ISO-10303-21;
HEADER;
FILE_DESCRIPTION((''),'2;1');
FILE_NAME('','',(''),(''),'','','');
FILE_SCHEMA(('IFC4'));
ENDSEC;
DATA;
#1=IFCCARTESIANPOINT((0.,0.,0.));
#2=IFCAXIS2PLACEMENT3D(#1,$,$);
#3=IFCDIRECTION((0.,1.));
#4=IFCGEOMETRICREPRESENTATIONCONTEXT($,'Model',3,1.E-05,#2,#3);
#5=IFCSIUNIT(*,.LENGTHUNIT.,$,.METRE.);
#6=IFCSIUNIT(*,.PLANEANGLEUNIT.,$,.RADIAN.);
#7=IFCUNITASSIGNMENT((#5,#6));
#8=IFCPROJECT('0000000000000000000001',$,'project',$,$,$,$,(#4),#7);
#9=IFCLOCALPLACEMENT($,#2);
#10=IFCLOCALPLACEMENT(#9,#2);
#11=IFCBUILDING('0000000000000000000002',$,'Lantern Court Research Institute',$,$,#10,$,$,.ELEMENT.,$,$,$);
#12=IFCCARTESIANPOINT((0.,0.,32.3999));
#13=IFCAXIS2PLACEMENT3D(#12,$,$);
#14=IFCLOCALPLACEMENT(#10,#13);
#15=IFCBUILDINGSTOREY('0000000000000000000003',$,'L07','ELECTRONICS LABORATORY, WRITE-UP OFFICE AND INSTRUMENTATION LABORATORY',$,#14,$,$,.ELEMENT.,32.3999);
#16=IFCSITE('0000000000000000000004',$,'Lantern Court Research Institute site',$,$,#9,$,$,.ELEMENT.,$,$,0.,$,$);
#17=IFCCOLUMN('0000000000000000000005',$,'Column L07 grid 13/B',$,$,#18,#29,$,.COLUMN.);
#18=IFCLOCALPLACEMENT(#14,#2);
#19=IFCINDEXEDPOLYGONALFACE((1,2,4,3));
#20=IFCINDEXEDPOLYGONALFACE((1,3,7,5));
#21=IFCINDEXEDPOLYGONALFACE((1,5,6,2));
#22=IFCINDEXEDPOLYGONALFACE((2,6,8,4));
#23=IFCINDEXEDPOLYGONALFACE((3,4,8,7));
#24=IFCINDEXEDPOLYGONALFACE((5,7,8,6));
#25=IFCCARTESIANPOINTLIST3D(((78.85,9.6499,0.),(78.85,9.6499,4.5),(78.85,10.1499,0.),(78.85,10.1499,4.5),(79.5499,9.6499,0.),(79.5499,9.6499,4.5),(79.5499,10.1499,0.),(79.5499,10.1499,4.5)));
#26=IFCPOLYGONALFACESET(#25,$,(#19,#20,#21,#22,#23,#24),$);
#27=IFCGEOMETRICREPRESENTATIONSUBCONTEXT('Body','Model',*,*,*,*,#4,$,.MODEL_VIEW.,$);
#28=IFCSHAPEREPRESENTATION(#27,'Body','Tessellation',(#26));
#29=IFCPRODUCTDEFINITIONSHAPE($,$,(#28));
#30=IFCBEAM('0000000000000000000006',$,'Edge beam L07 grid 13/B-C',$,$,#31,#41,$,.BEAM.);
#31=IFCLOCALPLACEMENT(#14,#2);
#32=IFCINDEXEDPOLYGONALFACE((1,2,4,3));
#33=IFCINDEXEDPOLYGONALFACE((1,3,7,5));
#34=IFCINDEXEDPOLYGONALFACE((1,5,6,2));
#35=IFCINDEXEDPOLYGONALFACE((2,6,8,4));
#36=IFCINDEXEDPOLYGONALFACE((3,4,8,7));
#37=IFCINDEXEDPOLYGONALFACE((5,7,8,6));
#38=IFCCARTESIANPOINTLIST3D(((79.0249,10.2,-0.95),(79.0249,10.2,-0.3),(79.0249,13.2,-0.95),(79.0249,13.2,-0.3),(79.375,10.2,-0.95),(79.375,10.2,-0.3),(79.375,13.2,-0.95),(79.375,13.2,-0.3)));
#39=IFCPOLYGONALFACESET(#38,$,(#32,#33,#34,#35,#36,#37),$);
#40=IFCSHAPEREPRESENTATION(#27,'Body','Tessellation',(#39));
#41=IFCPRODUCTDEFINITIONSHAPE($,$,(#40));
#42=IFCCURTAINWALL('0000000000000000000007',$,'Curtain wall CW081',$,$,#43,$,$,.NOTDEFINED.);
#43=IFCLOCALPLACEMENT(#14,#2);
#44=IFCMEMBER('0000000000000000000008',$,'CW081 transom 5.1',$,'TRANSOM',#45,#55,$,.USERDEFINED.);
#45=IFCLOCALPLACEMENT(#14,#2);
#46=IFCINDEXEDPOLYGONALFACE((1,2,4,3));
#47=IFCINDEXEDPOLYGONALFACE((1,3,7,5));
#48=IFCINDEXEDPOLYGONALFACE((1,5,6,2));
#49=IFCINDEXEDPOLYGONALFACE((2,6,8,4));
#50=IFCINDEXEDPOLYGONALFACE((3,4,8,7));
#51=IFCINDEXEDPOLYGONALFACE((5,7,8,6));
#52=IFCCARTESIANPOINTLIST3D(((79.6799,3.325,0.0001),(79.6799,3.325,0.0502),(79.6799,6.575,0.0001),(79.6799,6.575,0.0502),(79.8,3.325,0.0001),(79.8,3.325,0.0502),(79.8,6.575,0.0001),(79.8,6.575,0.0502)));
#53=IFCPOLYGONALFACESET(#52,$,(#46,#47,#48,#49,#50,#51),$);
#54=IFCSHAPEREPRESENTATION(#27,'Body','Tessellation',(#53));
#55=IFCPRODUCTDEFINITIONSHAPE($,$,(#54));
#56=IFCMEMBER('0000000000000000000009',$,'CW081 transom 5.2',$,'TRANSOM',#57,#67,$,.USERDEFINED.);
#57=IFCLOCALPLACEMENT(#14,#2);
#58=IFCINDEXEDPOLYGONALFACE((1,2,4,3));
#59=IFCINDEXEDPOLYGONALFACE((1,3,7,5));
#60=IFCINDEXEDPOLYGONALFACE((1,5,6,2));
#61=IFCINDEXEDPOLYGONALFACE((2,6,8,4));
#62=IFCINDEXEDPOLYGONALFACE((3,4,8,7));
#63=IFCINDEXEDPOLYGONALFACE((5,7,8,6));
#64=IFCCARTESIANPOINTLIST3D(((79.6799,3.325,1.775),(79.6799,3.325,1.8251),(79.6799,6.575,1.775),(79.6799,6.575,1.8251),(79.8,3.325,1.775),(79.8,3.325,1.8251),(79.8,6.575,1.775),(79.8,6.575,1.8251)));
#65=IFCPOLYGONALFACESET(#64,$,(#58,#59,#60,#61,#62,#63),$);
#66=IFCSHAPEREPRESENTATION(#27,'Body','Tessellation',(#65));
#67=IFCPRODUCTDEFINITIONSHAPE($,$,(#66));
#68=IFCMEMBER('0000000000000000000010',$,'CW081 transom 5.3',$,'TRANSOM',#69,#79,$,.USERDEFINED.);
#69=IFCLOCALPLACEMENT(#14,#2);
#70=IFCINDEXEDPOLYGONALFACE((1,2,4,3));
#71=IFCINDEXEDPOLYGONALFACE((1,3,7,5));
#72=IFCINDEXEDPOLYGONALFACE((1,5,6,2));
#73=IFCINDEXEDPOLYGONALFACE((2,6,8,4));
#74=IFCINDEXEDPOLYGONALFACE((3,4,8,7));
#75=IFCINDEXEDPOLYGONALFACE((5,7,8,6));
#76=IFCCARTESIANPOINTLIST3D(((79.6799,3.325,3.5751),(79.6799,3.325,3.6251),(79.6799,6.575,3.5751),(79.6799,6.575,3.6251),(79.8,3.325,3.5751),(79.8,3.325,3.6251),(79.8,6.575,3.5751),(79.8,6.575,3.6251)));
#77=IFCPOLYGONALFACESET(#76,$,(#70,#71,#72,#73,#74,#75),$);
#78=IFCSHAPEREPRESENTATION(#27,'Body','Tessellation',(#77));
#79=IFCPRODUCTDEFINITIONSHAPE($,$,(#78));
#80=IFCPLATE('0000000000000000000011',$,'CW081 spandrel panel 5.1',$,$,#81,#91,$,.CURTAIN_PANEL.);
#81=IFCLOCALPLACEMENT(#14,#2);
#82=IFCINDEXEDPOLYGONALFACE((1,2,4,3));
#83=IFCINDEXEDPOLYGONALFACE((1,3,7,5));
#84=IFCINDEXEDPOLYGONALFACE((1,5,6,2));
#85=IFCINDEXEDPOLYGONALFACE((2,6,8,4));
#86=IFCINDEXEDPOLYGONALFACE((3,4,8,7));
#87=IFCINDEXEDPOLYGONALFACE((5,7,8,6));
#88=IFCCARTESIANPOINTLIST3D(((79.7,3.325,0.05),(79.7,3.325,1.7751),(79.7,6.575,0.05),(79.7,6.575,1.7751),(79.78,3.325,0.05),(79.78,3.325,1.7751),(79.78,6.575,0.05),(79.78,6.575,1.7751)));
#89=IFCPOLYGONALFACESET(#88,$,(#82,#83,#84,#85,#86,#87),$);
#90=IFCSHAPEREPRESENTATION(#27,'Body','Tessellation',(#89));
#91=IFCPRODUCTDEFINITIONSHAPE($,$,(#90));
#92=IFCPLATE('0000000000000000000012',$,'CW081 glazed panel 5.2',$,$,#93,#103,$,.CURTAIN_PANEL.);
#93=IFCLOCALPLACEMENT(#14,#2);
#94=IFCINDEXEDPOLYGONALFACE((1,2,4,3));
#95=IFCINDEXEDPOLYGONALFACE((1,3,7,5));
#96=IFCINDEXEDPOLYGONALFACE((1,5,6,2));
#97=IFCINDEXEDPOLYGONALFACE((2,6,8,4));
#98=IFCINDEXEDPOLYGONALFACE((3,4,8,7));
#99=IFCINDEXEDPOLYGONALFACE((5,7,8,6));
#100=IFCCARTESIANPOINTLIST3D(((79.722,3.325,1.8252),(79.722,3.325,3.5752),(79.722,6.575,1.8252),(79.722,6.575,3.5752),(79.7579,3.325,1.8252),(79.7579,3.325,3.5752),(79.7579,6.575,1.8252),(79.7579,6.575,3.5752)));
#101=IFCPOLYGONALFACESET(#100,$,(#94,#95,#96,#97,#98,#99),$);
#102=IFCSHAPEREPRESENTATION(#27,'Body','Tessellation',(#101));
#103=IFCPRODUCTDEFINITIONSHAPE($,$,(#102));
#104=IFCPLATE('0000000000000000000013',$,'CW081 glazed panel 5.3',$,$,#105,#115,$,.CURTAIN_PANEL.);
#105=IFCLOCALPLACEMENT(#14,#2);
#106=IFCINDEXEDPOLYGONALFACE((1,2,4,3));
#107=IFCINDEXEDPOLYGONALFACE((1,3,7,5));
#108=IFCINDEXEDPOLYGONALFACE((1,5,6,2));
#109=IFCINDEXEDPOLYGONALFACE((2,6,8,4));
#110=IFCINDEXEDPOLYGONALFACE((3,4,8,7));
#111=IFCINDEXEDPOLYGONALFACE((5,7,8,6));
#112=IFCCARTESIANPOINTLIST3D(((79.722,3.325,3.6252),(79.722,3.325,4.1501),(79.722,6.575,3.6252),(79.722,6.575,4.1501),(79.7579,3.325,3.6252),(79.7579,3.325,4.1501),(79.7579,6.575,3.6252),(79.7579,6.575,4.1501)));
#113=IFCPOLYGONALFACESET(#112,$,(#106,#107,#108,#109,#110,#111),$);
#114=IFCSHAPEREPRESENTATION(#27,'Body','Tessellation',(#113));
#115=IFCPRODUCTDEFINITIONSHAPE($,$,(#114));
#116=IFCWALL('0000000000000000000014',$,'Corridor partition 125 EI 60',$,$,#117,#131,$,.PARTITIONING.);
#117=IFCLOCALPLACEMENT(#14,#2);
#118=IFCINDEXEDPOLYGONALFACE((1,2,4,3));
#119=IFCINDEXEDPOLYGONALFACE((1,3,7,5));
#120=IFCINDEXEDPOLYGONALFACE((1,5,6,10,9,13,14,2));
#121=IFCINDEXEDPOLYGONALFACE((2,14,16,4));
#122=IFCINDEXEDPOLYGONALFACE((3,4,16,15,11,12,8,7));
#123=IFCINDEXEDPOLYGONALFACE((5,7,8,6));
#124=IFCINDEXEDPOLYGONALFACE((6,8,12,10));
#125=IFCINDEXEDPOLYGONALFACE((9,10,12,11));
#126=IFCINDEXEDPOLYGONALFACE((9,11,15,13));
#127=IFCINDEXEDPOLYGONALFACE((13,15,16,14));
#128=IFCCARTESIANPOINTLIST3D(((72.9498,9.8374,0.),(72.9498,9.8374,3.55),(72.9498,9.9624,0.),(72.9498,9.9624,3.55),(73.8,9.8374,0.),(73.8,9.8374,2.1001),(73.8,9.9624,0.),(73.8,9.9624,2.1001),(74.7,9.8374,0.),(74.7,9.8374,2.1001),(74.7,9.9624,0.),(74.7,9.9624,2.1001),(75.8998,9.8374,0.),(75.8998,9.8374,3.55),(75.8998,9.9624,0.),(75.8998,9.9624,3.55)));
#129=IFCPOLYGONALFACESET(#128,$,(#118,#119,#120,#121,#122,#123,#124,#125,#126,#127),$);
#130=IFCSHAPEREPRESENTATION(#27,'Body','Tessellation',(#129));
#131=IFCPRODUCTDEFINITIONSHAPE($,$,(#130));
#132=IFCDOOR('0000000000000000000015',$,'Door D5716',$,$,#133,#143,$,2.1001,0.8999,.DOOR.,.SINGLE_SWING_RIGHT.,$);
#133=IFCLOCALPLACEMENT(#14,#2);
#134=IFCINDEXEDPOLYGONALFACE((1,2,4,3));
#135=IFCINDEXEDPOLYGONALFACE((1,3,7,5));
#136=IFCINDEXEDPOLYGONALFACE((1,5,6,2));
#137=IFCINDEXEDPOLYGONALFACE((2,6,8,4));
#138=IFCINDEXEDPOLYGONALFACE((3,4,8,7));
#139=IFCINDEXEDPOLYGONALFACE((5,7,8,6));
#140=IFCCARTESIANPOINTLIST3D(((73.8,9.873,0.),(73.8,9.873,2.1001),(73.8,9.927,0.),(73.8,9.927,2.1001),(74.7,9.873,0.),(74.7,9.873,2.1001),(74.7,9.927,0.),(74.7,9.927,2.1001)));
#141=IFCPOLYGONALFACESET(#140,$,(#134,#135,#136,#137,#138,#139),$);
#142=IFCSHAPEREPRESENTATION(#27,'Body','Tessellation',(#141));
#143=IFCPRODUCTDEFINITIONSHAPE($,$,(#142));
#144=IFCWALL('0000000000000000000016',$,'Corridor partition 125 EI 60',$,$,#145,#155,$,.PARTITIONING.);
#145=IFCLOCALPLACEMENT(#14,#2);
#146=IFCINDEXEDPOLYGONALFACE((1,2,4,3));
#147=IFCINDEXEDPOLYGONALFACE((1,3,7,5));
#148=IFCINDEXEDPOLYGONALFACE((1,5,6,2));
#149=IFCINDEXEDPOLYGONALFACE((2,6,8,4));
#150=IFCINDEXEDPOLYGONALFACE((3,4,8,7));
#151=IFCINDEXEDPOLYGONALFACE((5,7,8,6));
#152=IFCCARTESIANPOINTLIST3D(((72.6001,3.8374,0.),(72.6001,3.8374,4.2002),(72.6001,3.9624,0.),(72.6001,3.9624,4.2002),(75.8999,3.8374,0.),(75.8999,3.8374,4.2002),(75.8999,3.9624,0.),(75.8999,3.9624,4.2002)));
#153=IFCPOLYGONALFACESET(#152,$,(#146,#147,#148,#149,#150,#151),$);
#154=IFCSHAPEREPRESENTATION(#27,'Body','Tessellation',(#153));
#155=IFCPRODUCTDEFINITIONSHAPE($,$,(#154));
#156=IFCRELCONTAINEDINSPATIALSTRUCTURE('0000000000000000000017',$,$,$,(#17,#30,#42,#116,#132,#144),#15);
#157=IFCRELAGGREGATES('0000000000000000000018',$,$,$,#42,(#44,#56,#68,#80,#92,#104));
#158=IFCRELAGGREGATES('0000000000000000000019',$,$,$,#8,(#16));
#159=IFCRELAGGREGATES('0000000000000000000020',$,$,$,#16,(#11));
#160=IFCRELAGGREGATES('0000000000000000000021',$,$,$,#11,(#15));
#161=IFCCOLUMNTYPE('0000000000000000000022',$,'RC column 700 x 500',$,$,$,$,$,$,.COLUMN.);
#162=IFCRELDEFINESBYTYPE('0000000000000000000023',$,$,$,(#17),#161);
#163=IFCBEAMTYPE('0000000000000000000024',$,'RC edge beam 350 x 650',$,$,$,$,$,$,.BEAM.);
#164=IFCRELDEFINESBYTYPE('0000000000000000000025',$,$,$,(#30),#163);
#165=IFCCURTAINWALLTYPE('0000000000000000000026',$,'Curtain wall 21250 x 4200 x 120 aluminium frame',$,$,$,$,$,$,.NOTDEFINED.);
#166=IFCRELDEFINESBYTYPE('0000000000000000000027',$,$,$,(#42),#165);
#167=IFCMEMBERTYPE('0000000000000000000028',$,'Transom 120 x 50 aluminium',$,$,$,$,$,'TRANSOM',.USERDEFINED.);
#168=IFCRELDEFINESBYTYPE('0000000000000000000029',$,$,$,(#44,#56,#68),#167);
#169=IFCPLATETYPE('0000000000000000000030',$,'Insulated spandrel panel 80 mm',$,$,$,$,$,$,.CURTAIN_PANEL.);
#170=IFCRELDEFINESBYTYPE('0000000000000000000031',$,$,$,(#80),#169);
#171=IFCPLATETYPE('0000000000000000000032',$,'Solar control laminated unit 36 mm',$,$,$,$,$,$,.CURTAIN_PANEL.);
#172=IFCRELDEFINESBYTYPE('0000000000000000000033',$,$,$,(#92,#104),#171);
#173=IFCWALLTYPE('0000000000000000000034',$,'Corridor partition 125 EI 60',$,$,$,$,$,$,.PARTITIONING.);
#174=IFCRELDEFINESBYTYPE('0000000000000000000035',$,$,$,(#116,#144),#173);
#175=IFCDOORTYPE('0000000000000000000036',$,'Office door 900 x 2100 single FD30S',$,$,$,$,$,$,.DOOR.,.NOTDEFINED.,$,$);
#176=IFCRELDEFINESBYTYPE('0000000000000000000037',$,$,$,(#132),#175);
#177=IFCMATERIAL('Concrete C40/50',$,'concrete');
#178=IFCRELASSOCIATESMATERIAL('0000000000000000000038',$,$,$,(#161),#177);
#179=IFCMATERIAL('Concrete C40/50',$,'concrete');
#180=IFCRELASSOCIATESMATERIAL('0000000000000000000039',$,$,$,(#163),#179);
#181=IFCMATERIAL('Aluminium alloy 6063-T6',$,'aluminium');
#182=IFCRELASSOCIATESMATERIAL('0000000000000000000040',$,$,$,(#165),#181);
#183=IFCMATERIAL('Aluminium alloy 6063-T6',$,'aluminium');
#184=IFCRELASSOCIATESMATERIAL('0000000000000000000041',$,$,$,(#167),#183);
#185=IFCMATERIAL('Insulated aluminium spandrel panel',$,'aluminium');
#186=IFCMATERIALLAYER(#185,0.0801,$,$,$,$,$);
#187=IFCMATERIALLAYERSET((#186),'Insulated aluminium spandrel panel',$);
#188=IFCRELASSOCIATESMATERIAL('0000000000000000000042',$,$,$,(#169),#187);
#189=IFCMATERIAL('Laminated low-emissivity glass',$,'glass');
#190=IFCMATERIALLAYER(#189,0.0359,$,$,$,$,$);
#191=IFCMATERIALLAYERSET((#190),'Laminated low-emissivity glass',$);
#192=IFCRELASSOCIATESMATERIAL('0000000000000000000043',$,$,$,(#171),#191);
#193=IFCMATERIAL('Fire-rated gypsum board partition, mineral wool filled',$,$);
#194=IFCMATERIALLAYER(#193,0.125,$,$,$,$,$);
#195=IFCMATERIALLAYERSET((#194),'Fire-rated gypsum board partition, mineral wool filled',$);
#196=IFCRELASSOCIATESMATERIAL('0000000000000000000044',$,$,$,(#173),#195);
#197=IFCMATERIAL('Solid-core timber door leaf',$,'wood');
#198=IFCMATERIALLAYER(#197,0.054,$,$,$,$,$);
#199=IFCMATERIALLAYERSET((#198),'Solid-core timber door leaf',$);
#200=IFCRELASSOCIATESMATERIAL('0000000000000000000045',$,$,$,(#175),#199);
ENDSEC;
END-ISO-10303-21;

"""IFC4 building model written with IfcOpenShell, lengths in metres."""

from ifc_helpers import new_model, si_unit, direction, frame, frame_2d, origin, origin_2d, place, context, subcontext, project, spatial, rectangle, extrude, material, layer, layer_set, material_profile, profile_set, type_object, element, fill, aggregate, save


model = new_model("IFC4")

# Units and contexts
model_context = context("Model", 3, precision=1e-05, world=origin(), true_north=direction((0.0, 1.0)))
body_context = subcontext(model_context, "Body", "Model", "MODEL_VIEW")
ifc_project = project(units=[si_unit("LENGTHUNIT", "METRE"), si_unit("PLANEANGLEUNIT", "RADIAN")], contexts=[model_context])

# Site, building, storey
site_placement = place(None, origin())
site = spatial("IfcSite", under=ifc_project, at=site_placement, Name="Lantern Court Research Institute site", CompositionType="ELEMENT", RefElevation=0.0)
building_placement = place(site_placement, origin())
building = spatial("IfcBuilding", under=site, at=building_placement, Name="Lantern Court Research Institute", CompositionType="ELEMENT")
storey_placement = place(building_placement, frame((0.0, 0.0, 32.3999)))
storey = spatial("IfcBuildingStorey", under=building, at=storey_placement, Name="L07", Description="ELECTRONICS LABORATORY, WRITE-UP OFFICE AND INSTRUMENTATION LABORATORY", CompositionType="ELEMENT", Elevation=32.3999)

# Column
ifc_material_1 = material(Name="Concrete C40/50", Category="concrete")
ifc_material_profile_1 = material_profile(ifc_material_1, rectangle(XDim=0.7, YDim=0.5, at=origin_2d()), Name="RC column 700 x 500")
ifc_profile_set_1 = profile_set([ifc_material_profile_1], Name="Concrete C40/50")
column_type = type_object("IfcColumnType", Name="RC column 700 x 500", PredefinedType="COLUMN", material=ifc_profile_set_1)
column_placement = place(storey_placement, frame((79.2, 9.8999, 0.0), z_axis=(0.0, 0.0, 1.0), x_axis=(1.0, 0.0, 0.0)))
element("IfcColumn", 1, at=column_placement, inside=storey, type_object=column_type, Name="Column L07 grid 13/B", PredefinedType="COLUMN", context=body_context, shape_type="SweptSolid", body=[
    extrude(rectangle(XDim=0.7, YDim=0.5, at=origin_2d()), origin(), (0.0, 0.0, 1.0), 4.5),
])

# Beam
ifc_material_2 = material(Name="Concrete C40/50", Category="concrete")
ifc_material_profile_2 = material_profile(ifc_material_2, rectangle(XDim=0.3501, YDim=0.6499, at=origin_2d()), Name="RC beam 350 x 650")
ifc_profile_set_2 = profile_set([ifc_material_profile_2], Name="Concrete C40/50")
beam_type = type_object("IfcBeamType", Name="RC edge beam 350 x 650", PredefinedType="BEAM", material=ifc_profile_set_2)
beam_placement = place(storey_placement, frame((79.2, 10.2, -0.625), z_axis=(0.0, 1.0, 0.0), x_axis=(-1.0, 0.0, 0.0)))
element("IfcBeam", 2, at=beam_placement, inside=storey, type_object=beam_type, Name="Edge beam L07 grid 13/B-C", PredefinedType="BEAM", context=body_context, shape_type="SweptSolid", body=[
    extrude(rectangle(XDim=0.3501, YDim=0.6499, at=origin_2d()), origin(), (0.0, 0.0, 1.0), 3.0),
])

# Curtain wall, members, plates
ifc_material_3 = material(Name="Aluminium alloy 6063-T6", Category="aluminium")
curtain_wall_type = type_object("IfcCurtainWallType", Name="Curtain wall 21250 x 4200 x 120 aluminium frame", PredefinedType="NOTDEFINED", material=ifc_material_3)
curtain_wall_placement = place(storey_placement, origin())
curtain_wall = element("IfcCurtainWall", 3, at=curtain_wall_placement, inside=storey, type_object=curtain_wall_type, Name="Curtain wall CW081", PredefinedType="NOTDEFINED")
ifc_material_4 = material(Name="Aluminium alloy 6063-T6", Category="aluminium")
ifc_material_profile_3 = material_profile(ifc_material_4, rectangle(XDim=0.1201, YDim=0.05, at=origin_2d()), Name="Transom 120 x 50")
ifc_profile_set_3 = profile_set([ifc_material_profile_3], Name="Aluminium alloy 6063-T6")
member_type = type_object("IfcMemberType", Name="Transom 120 x 50 aluminium", ElementType="TRANSOM", PredefinedType="USERDEFINED", material=ifc_profile_set_3)
member_1_placement = place(storey_placement, frame((79.74, 6.575, 0.0251), z_axis=(0.0, -1.0, 0.0), x_axis=(1.0, 0.0, 0.0)))
member_1 = element("IfcMember", 4, at=member_1_placement, type_object=member_type, Name="CW081 transom 5.1", ObjectType="TRANSOM", PredefinedType="USERDEFINED", context=body_context, shape_type="SweptSolid", body=[
    extrude(rectangle(XDim=0.1201, YDim=0.05, at=origin_2d()), origin(), (0.0, 0.0, 1.0), 3.25),
])
member_2_placement = place(storey_placement, frame((79.74, 6.575, 1.8), z_axis=(0.0, -1.0, 0.0), x_axis=(1.0, 0.0, 0.0)))
member_2 = element("IfcMember", 5, at=member_2_placement, type_object=member_type, Name="CW081 transom 5.2", ObjectType="TRANSOM", PredefinedType="USERDEFINED", context=body_context, shape_type="SweptSolid", body=[
    extrude(rectangle(XDim=0.1201, YDim=0.05, at=origin_2d()), origin(), (0.0, 0.0, 1.0), 3.25),
])
member_3_placement = place(storey_placement, frame((79.74, 6.575, 3.6001), z_axis=(0.0, -1.0, 0.0), x_axis=(1.0, 0.0, 0.0)))
member_3 = element("IfcMember", 6, at=member_3_placement, type_object=member_type, Name="CW081 transom 5.3", ObjectType="TRANSOM", PredefinedType="USERDEFINED", context=body_context, shape_type="SweptSolid", body=[
    extrude(rectangle(XDim=0.1201, YDim=0.05, at=origin_2d()), origin(), (0.0, 0.0, 1.0), 3.25),
])
ifc_material_5 = material(Name="Insulated aluminium spandrel panel", Category="aluminium")
ifc_layer_1 = layer(ifc_material_5, 0.0801)
ifc_layer_set_1 = layer_set([ifc_layer_1], Name="Insulated aluminium spandrel panel")
plate_type_1 = type_object("IfcPlateType", Name="Insulated spandrel panel 80 mm", PredefinedType="CURTAIN_PANEL", material=ifc_layer_set_1)
plate_1_placement = place(storey_placement, frame((79.74, 4.95, 0.05), z_axis=(0.0, 0.0, 1.0), x_axis=(0.0, -1.0, 0.0)))
plate_1 = element("IfcPlate", 7, at=plate_1_placement, type_object=plate_type_1, Name="CW081 spandrel panel 5.1", PredefinedType="CURTAIN_PANEL", context=body_context, shape_type="SweptSolid", body=[
    extrude(rectangle(XDim=3.25, YDim=0.0801, at=origin_2d()), origin(), (0.0, 0.0, 1.0), 1.7251),
])
ifc_material_6 = material(Name="Laminated low-emissivity glass", Category="glass")
ifc_layer_2 = layer(ifc_material_6, 0.0359)
ifc_layer_set_2 = layer_set([ifc_layer_2], Name="Laminated low-emissivity glass")
plate_type_2 = type_object("IfcPlateType", Name="Solar control laminated unit 36 mm", PredefinedType="CURTAIN_PANEL", material=ifc_layer_set_2)
plate_2_placement = place(storey_placement, frame((79.74, 4.95, 1.8252), z_axis=(0.0, 0.0, 1.0), x_axis=(0.0, -1.0, 0.0)))
plate_2 = element("IfcPlate", 8, at=plate_2_placement, type_object=plate_type_2, Name="CW081 glazed panel 5.2", PredefinedType="CURTAIN_PANEL", context=body_context, shape_type="SweptSolid", body=[
    extrude(rectangle(XDim=3.25, YDim=0.0359, at=origin_2d()), origin(), (0.0, 0.0, 1.0), 1.75),
])
plate_3_placement = place(storey_placement, frame((79.74, 4.95, 3.6252), z_axis=(0.0, 0.0, 1.0), x_axis=(0.0, -1.0, 0.0)))
plate_3 = element("IfcPlate", 9, at=plate_3_placement, type_object=plate_type_2, Name="CW081 glazed panel 5.3", PredefinedType="CURTAIN_PANEL", context=body_context, shape_type="SweptSolid", body=[
    extrude(rectangle(XDim=3.25, YDim=0.0359, at=origin_2d()), origin(), (0.0, 0.0, 1.0), 0.5249),
])
aggregate(curtain_wall, [member_1, member_2, member_3, plate_1, plate_2, plate_3])

# Wall, opening, door
ifc_material_7 = material(Name="Fire-rated gypsum board partition, mineral wool filled")
ifc_layer_3 = layer(ifc_material_7, 0.125)
ifc_layer_set_3 = layer_set([ifc_layer_3], Name="Fire-rated gypsum board partition, mineral wool filled")
wall_type_1 = type_object("IfcWallType", Name="Corridor partition 125 EI 60", PredefinedType="PARTITIONING", material=ifc_layer_set_3)
wall_1_placement = place(storey_placement, frame((75.8999, 9.8999, 0.0), z_axis=(0.0, 0.0, 1.0), x_axis=(-1.0, 0.0, 0.0)))
wall_1 = element("IfcWall", 10, at=wall_1_placement, inside=storey, type_object=wall_type_1, Name="Corridor partition 125 EI 60", PredefinedType="PARTITIONING", context=body_context, shape_type="SweptSolid", body=[
    extrude(rectangle(XDim=2.95, YDim=0.125, at=frame_2d((1.4751, 0.0))), origin(), (0.0, 0.0, 1.0), 3.55),
])
opening_1_placement = place(wall_1_placement, frame((1.2, 0.0, 0.0)))
opening_1 = element("IfcOpeningElement", 11, at=opening_1_placement, cuts=wall_1, PredefinedType="OPENING", context=body_context, shape_type="SweptSolid", body=[
    extrude(rectangle(XDim=0.8999, YDim=2.1001, at=frame_2d((0.45, 1.05))), frame((0.0, 0.0725, 0.0), z_axis=(0.0, -1.0, 0.0), x_axis=(1.0, 0.0, 0.0)), (0.0, 0.0, 1.0), 0.145),
])
ifc_material_8 = material(Name="Solid-core timber door leaf", Category="wood")
ifc_layer_4 = layer(ifc_material_8, 0.054)
ifc_layer_set_4 = layer_set([ifc_layer_4], Name="Solid-core timber door leaf")
door_type_1 = type_object("IfcDoorType", Name="Office door 900 x 2100 single FD30S", OperationType="NOTDEFINED", PredefinedType="DOOR", material=ifc_layer_set_4)
door_1_placement = place(opening_1_placement, origin())
door_1 = element("IfcDoor", 12, at=door_1_placement, inside=storey, type_object=door_type_1, Name="Door D5716", OperationType="SINGLE_SWING_RIGHT", OverallHeight=2.1001, OverallWidth=0.8999, PredefinedType="DOOR", context=body_context, shape_type="SweptSolid", body=[
    extrude(rectangle(XDim=0.8999, YDim=2.1001, at=frame_2d((0.45, 1.05))), frame((0.0, 0.0269, 0.0), z_axis=(0.0, -1.0, 0.0), x_axis=(1.0, 0.0, 0.0)), (0.0, 0.0, 1.0), 0.054),
])
fill(opening_1, door_1)

# Wall
wall_2_placement = place(storey_placement, frame((75.8999, 3.8999, 0.0), z_axis=(0.0, 0.0, 1.0), x_axis=(-1.0, 0.0, 0.0)))
element("IfcWall", 13, at=wall_2_placement, inside=storey, type_object=wall_type_1, Name="Corridor partition 125 EI 60", PredefinedType="PARTITIONING", context=body_context, shape_type="SweptSolid", body=[
    extrude(rectangle(XDim=3.2998, YDim=0.125, at=frame_2d((1.6499, 0.0))), origin(), (0.0, 0.0, 1.0), 4.2002),
])

save(model, "model.ifc")
